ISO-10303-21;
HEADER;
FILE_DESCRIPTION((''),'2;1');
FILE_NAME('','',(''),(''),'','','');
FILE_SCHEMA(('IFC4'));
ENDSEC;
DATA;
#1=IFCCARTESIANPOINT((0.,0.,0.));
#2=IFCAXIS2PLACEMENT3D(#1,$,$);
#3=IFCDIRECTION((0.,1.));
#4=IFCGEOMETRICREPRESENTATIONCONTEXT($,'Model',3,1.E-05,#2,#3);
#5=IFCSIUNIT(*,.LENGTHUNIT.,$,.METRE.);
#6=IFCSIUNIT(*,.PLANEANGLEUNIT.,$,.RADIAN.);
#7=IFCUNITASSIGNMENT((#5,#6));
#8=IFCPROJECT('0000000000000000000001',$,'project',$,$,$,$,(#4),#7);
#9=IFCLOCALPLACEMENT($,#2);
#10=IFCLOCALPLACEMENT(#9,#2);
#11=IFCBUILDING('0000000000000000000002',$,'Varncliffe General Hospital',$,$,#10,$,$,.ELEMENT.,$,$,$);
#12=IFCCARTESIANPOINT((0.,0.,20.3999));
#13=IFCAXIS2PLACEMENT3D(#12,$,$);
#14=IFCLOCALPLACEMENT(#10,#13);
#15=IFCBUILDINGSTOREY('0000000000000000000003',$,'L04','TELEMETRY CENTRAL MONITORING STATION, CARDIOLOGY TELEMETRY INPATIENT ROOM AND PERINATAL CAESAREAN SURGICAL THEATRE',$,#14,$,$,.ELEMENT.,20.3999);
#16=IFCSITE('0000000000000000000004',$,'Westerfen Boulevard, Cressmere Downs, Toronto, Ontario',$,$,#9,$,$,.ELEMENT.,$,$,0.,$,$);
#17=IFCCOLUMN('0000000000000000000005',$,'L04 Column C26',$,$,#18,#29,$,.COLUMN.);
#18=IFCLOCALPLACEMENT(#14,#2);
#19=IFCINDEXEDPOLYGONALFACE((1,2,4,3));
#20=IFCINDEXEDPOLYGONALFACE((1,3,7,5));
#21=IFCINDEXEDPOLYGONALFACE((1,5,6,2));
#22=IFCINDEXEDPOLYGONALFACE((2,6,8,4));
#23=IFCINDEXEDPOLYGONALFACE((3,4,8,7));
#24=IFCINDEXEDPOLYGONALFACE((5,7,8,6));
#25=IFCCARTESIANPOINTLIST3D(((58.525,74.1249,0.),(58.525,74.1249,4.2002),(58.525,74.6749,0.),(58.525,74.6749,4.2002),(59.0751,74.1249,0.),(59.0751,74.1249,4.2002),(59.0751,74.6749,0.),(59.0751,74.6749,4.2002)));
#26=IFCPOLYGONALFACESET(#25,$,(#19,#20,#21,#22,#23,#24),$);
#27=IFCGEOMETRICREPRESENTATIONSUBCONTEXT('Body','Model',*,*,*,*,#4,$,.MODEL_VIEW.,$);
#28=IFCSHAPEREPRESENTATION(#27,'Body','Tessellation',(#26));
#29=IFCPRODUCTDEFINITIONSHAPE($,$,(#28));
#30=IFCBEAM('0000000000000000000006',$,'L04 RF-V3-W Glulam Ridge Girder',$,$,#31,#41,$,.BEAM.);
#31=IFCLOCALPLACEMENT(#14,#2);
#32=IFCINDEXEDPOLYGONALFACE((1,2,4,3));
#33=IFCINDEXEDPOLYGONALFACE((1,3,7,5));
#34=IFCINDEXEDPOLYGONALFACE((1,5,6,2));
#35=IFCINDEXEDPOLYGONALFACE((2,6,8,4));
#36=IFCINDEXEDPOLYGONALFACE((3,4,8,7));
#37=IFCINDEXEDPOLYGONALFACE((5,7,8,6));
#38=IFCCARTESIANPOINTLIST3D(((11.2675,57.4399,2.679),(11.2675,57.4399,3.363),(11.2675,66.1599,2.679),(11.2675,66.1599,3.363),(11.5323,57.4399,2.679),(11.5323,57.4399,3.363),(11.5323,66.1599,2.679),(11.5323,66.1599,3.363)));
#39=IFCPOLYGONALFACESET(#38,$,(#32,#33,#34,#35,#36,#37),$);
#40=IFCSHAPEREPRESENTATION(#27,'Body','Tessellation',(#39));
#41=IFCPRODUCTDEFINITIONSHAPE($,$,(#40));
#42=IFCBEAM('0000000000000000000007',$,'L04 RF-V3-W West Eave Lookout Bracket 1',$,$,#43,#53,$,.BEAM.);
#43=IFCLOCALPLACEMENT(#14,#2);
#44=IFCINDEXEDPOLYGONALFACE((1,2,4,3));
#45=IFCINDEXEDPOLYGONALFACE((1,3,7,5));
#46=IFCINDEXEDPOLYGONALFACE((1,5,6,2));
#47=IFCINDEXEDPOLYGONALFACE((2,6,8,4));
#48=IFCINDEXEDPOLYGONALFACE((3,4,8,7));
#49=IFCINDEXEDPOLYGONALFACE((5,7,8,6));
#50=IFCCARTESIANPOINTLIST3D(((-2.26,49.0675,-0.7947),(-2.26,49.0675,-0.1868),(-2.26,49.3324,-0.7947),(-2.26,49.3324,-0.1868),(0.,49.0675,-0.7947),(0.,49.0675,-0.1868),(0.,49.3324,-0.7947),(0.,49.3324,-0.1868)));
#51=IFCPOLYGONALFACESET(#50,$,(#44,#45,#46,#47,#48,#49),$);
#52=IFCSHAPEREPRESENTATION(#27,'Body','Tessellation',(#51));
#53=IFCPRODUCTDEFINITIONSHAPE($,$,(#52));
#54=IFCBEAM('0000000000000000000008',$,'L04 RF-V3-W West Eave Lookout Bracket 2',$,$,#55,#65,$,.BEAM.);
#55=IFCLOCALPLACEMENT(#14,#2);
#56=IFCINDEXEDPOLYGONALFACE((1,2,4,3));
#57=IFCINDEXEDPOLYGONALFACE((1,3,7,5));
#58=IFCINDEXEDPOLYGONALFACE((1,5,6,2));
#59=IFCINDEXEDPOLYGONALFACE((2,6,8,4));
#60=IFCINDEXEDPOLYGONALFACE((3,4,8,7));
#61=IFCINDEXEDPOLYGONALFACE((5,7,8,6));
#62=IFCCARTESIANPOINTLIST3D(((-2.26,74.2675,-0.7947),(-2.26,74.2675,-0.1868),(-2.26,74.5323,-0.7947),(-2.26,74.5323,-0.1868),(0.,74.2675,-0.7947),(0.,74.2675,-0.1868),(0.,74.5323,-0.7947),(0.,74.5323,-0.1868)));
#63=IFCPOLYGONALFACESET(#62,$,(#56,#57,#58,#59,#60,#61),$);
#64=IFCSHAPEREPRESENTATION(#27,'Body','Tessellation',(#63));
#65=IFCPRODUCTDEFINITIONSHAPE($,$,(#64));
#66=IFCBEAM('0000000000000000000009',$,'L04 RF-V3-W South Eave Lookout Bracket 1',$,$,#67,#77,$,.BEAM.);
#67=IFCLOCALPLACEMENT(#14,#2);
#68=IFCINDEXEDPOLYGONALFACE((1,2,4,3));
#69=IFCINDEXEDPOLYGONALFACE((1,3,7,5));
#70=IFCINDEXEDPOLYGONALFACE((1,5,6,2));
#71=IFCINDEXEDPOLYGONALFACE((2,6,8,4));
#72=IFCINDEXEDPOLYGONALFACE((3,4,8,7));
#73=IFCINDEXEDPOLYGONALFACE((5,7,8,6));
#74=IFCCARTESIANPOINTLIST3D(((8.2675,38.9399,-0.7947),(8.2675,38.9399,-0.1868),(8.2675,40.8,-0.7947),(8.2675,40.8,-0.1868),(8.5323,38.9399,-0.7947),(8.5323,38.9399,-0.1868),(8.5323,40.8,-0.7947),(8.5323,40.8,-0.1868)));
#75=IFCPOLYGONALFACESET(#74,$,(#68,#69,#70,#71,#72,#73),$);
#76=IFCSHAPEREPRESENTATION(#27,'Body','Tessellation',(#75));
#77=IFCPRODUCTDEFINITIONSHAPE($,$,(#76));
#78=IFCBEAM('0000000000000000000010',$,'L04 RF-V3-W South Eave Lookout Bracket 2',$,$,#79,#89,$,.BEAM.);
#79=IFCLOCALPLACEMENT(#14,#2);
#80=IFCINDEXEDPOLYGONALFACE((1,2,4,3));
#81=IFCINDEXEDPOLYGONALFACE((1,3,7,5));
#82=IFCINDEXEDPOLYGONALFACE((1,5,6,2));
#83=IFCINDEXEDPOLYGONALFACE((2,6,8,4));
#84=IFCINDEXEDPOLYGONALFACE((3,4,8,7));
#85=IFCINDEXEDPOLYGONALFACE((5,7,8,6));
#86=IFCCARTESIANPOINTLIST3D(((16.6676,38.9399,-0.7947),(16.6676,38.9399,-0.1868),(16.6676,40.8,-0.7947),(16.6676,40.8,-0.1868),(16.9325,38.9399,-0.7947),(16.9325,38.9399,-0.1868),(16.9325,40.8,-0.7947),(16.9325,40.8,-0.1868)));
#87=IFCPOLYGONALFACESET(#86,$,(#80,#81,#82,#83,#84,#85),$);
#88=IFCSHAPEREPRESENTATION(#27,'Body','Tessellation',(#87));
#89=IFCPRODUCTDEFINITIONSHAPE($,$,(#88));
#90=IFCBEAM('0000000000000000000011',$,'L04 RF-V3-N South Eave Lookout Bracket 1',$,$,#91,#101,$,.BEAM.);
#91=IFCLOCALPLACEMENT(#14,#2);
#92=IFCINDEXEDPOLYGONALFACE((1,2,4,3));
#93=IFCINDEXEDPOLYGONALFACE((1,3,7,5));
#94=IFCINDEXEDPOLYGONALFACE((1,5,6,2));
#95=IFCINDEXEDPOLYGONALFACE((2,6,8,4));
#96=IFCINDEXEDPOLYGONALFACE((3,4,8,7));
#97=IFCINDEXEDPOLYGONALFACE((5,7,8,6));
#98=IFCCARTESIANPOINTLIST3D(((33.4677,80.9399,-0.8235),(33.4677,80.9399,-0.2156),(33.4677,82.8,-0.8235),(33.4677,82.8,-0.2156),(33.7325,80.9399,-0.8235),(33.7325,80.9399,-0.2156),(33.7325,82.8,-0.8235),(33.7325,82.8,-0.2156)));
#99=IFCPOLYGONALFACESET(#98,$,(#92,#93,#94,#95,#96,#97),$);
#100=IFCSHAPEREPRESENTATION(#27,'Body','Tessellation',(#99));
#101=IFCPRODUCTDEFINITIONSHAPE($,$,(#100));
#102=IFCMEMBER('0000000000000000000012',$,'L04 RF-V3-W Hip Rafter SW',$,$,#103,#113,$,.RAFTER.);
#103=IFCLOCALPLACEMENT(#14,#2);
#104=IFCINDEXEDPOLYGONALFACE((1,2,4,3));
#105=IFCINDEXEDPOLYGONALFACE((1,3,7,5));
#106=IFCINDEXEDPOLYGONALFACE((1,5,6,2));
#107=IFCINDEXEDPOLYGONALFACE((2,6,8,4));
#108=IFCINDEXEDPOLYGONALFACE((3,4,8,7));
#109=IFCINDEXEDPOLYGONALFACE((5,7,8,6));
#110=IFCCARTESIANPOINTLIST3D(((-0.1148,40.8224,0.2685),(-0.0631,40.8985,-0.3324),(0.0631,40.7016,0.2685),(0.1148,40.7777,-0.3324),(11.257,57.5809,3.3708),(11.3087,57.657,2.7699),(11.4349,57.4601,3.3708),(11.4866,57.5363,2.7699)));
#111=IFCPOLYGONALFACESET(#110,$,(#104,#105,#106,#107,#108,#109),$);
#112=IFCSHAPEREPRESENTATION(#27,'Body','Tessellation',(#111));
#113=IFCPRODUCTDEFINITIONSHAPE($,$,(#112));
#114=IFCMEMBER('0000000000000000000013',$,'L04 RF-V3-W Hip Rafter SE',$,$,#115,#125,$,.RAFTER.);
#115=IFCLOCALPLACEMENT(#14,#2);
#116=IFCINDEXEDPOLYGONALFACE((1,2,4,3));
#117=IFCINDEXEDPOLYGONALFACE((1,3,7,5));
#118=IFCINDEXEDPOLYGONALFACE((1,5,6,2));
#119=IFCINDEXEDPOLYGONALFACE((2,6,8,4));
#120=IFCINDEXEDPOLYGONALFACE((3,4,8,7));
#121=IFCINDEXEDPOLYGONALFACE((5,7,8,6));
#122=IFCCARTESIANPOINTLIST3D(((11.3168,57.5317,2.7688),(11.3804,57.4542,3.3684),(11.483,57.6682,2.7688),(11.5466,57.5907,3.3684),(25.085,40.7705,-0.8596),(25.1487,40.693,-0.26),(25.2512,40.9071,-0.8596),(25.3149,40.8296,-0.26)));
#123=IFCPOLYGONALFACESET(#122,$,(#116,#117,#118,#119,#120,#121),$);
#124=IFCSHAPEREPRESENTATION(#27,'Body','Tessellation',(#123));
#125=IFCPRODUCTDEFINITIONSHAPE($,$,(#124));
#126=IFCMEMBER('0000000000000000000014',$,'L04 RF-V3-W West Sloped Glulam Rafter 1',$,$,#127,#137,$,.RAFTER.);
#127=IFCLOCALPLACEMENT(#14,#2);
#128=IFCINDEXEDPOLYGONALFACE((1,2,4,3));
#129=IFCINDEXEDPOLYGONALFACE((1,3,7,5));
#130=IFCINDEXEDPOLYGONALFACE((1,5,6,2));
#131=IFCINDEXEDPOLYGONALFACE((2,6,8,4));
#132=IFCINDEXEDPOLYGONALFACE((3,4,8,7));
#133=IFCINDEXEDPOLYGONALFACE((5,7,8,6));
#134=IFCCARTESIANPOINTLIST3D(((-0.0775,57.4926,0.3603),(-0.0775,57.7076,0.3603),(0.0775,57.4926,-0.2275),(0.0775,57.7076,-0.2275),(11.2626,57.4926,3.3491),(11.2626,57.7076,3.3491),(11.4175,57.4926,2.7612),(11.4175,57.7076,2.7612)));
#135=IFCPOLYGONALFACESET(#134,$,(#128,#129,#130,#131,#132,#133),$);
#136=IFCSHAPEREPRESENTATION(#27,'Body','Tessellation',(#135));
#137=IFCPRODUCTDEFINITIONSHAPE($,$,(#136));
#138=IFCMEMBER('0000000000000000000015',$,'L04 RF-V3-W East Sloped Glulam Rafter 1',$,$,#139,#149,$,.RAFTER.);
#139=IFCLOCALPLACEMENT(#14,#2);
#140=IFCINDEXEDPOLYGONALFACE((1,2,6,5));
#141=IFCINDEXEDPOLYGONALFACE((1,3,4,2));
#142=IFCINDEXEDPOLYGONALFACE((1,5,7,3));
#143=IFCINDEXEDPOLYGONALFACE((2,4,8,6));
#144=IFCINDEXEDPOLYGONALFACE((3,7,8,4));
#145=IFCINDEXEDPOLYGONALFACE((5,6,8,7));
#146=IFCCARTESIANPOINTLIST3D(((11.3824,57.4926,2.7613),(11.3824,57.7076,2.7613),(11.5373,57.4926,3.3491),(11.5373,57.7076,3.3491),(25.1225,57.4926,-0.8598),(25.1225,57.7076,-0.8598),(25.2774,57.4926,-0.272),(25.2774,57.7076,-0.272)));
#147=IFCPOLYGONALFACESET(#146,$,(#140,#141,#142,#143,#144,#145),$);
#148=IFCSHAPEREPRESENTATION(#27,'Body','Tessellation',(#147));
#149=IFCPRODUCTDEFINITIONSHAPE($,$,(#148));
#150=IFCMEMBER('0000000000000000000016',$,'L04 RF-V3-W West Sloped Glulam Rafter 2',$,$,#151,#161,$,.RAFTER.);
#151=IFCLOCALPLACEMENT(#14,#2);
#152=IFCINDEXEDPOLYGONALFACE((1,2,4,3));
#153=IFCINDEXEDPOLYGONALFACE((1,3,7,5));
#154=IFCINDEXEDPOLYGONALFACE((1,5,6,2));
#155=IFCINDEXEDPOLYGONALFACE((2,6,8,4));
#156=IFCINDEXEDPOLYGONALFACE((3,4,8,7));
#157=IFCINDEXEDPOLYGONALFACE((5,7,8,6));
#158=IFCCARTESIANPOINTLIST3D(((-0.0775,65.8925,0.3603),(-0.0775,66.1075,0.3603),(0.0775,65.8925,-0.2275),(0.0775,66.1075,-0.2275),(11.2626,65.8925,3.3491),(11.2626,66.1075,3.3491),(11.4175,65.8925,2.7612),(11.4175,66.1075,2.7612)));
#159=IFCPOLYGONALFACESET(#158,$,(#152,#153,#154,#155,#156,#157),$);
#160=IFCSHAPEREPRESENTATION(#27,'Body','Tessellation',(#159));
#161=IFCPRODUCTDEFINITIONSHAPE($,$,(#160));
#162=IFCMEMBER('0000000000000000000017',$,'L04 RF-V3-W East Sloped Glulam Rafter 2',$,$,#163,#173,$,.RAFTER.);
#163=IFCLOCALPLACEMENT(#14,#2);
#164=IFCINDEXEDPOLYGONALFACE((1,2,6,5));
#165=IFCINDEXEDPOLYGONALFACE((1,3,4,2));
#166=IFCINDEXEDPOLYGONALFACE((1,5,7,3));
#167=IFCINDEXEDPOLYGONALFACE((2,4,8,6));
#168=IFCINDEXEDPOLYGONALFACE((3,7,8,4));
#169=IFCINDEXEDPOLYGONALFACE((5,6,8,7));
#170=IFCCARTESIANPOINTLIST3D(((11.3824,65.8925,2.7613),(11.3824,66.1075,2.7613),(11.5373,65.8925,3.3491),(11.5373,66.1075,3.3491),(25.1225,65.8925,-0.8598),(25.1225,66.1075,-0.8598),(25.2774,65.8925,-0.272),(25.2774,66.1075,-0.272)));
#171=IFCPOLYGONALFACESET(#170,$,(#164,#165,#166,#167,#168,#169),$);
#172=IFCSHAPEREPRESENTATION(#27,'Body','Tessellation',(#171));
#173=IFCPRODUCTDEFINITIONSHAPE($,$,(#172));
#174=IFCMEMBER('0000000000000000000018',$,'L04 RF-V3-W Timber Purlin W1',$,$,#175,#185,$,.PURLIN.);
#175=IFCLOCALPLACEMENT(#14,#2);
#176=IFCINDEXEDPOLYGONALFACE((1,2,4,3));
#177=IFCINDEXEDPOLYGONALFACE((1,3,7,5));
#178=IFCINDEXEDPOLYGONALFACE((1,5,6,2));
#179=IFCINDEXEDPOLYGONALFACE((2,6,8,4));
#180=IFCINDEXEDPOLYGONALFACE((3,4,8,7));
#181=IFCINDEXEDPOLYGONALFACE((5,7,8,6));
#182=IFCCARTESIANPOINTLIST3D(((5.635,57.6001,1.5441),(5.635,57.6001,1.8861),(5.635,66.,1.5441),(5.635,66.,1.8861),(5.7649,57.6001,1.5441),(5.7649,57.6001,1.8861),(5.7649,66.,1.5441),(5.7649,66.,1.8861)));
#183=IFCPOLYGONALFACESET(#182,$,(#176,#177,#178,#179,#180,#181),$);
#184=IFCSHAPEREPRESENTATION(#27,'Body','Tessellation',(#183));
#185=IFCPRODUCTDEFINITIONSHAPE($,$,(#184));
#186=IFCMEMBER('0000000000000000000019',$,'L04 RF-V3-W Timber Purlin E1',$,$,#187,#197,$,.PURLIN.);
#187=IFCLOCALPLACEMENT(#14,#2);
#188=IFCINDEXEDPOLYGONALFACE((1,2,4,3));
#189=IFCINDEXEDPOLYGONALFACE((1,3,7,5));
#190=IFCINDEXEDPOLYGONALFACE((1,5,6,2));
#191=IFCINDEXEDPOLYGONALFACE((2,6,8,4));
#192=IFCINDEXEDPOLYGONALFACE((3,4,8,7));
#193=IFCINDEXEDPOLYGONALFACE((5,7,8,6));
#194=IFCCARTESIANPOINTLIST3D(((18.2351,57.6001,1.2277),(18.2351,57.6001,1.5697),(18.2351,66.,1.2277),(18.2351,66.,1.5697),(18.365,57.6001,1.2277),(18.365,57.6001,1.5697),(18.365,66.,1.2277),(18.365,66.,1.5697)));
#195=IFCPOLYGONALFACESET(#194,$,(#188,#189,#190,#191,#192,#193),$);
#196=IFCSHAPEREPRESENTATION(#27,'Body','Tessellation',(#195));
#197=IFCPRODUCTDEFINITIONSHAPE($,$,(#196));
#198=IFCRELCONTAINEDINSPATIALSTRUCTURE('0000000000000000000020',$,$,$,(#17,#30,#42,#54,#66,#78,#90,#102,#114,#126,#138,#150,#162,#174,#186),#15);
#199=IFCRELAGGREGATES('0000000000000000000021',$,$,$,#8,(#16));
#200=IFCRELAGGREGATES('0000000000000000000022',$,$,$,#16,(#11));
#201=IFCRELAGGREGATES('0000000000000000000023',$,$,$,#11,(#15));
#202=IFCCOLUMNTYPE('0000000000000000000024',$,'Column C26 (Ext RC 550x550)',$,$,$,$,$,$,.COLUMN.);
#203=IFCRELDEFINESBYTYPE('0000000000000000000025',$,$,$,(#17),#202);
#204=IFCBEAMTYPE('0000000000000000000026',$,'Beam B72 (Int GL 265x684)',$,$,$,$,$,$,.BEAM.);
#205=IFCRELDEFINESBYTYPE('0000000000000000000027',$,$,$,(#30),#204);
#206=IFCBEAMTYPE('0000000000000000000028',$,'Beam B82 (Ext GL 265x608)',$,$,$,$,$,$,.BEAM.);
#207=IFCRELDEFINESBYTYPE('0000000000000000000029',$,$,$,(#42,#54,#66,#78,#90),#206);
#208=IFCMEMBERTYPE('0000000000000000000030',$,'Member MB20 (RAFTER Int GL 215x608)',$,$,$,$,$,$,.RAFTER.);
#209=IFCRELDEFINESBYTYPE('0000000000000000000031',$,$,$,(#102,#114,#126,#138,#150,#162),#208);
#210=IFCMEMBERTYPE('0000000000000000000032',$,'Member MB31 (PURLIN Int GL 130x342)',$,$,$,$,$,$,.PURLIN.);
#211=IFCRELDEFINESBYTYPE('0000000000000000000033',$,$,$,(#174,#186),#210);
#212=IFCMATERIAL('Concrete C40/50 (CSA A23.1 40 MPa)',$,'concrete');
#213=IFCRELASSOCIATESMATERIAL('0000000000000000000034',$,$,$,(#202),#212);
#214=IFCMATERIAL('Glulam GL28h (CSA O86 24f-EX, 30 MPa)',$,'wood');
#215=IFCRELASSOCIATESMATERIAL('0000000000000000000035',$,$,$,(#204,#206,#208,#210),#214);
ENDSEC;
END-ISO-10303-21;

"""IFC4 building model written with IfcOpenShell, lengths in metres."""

from ifc_helpers import new_model, si_unit, direction, frame, origin, origin_2d, place, context, subcontext, project, spatial, rectangle, extrude, material, material_profile, profile_set, type_object, element, save


model = new_model("IFC4")

# Units and contexts
model_context = context("Model", 3, precision=1e-05, world=origin(), true_north=direction((0.0, 1.0)))
body_context = subcontext(model_context, "Body", "Model", "MODEL_VIEW")
ifc_project = project(units=[si_unit("LENGTHUNIT", "METRE"), si_unit("PLANEANGLEUNIT", "RADIAN")], contexts=[model_context])

# Site, building, storey
site_placement = place(None, origin())
site = spatial("IfcSite", under=ifc_project, at=site_placement, Name="Westerfen Boulevard, Cressmere Downs, Toronto, Ontario", CompositionType="ELEMENT", RefElevation=0.0)
building_placement = place(site_placement, origin())
building = spatial("IfcBuilding", under=site, at=building_placement, Name="Varncliffe General Hospital", CompositionType="ELEMENT")
storey_placement = place(building_placement, frame((0.0, 0.0, 20.3999)))
storey = spatial("IfcBuildingStorey", under=building, at=storey_placement, Name="L04", Description="TELEMETRY CENTRAL MONITORING STATION, CARDIOLOGY TELEMETRY INPATIENT ROOM AND PERINATAL CAESAREAN SURGICAL THEATRE", CompositionType="ELEMENT", Elevation=20.3999)

# Column
ifc_material_1 = material(Name="Concrete C40/50 (CSA A23.1 40 MPa)", Category="concrete")
ifc_material_profile_1 = material_profile(ifc_material_1, rectangle(XDim=0.55, YDim=0.55, at=origin_2d()), Name="RC 550x550")
ifc_profile_set_1 = profile_set([ifc_material_profile_1], Name="Concrete C40/50 (CSA A23.1 40 MPa)")
column_type = type_object("IfcColumnType", Name="Column C26 (Ext RC 550x550)", PredefinedType="COLUMN", material=ifc_profile_set_1)
column_placement = place(storey_placement, frame((58.8, 74.3999, 0.0), z_axis=(0.0, 0.0, 1.0), x_axis=(1.0, 0.0, 0.0)))
element("IfcColumn", 1, at=column_placement, inside=storey, type_object=column_type, Name="L04 Column C26", PredefinedType="COLUMN", context=body_context, shape_type="SweptSolid", body=[
    extrude(rectangle(XDim=0.55, YDim=0.55, at=origin_2d()), origin(), (0.0, 0.0, 1.0), 4.2002),
])

# Beams
ifc_material_2 = material(Name="Glulam GL28h (CSA O86 24f-EX, 30 MPa)", Category="wood")
ifc_material_profile_2 = material_profile(ifc_material_2, rectangle(XDim=0.2649, YDim=0.6841, at=origin_2d()), Name="GL 265x684")
ifc_profile_set_2 = profile_set([ifc_material_profile_2], Name="Glulam GL28h (CSA O86 24f-EX, 30 MPa)")
beam_type_1 = type_object("IfcBeamType", Name="Beam B72 (Int GL 265x684)", PredefinedType="BEAM", material=ifc_profile_set_2)
beam_1_placement = place(storey_placement, frame((11.3999, 57.4399, 3.021), z_axis=(0.0, 1.0, 0.0), x_axis=(-1.0, 0.0, 0.0)))
element("IfcBeam", 2, at=beam_1_placement, inside=storey, type_object=beam_type_1, Name="L04 RF-V3-W Glulam Ridge Girder", PredefinedType="BEAM", context=body_context, shape_type="SweptSolid", body=[
    extrude(rectangle(XDim=0.2649, YDim=0.6841, at=origin_2d()), origin(), (0.0, 0.0, 1.0), 8.72),
])
ifc_material_profile_3 = material_profile(ifc_material_2, rectangle(XDim=0.2649, YDim=0.6079, at=origin_2d()), Name="GL 265x608")
ifc_profile_set_3 = profile_set([ifc_material_profile_3], Name="Glulam GL28h (CSA O86 24f-EX, 30 MPa)")
beam_type_2 = type_object("IfcBeamType", Name="Beam B82 (Ext GL 265x608)", PredefinedType="BEAM", material=ifc_profile_set_3)
for number, where, z_axis, x_axis, name in (
    (3, (-2.26, 49.2, -0.4907), (1.0, 0.0, 0.0), (0.0, 1.0, 0.0), "L04 RF-V3-W West Eave Lookout Bracket 1"),
    (4, (-2.26, 74.3999, -0.4907), (1.0, 0.0, 0.0), (0.0, 1.0, 0.0), "L04 RF-V3-W West Eave Lookout Bracket 2"),
):
    element("IfcBeam", number, at=place(storey_placement, frame(where, z_axis=z_axis, x_axis=x_axis)), inside=storey, type_object=beam_type_2, Name=name, PredefinedType="BEAM", context=body_context, shape_type="SweptSolid", body=[
        extrude(rectangle(XDim=0.2649, YDim=0.6079, at=origin_2d()), origin(), (0.0, 0.0, 1.0), 2.26),
    ])
for number, where, z_axis, x_axis, name in (
    (5, (8.3999, 38.9399, -0.4907), (0.0, 1.0, 0.0), (-1.0, 0.0, 0.0), "L04 RF-V3-W South Eave Lookout Bracket 1"),
    (6, (16.8, 38.9399, -0.4907), (0.0, 1.0, 0.0), (-1.0, 0.0, 0.0), "L04 RF-V3-W South Eave Lookout Bracket 2"),
    (7, (33.6001, 80.9399, -0.5195), (0.0, 1.0, 0.0), (-1.0, 0.0, 0.0), "L04 RF-V3-N South Eave Lookout Bracket 1"),
):
    element("IfcBeam", number, at=place(storey_placement, frame(where, z_axis=z_axis, x_axis=x_axis)), inside=storey, type_object=beam_type_2, Name=name, PredefinedType="BEAM", context=body_context, shape_type="SweptSolid", body=[
        extrude(rectangle(XDim=0.2649, YDim=0.6079, at=origin_2d()), origin(), (0.0, 0.0, 1.0), 1.8601),
    ])

# Members
ifc_material_profile_4 = material_profile(ifc_material_2, rectangle(XDim=0.2151, YDim=0.6079, at=origin_2d()), Name="GL 215x608")
ifc_profile_set_4 = profile_set([ifc_material_profile_4], Name="Glulam GL28h (CSA O86 24f-EX, 30 MPa)")
member_type_1 = type_object("IfcMemberType", Name="Member MB20 (RAFTER Int GL 215x608)", PredefinedType="RAFTER", material=ifc_profile_set_4)
member_1_placement = place(storey_placement, frame((0.0, 40.8, -0.032), z_axis=(0.555026, 0.817936, 0.151414), x_axis=(-0.827477, 0.5615, 0.0)))
element("IfcMember", 8, at=member_1_placement, inside=storey, type_object=member_type_1, Name="L04 RF-V3-W Hip Rafter SW", PredefinedType="RAFTER", context=body_context, shape_type="SweptSolid", body=[
    extrude(rectangle(XDim=0.2151, YDim=0.6079, at=origin_2d()), origin(), (0.0, 0.0, 1.0), 20.4888),
])
member_2_placement = place(storey_placement, frame((25.2, 40.8, -0.5598), z_axis=(-0.626045, 0.762133, 0.164984), x_axis=(-0.772723, -0.634744, 0.0)))
element("IfcMember", 9, at=member_2_placement, inside=storey, type_object=member_type_1, Name="L04 RF-V3-W Hip Rafter SE", PredefinedType="RAFTER", context=body_context, shape_type="SweptSolid", body=[
    extrude(rectangle(XDim=0.2151, YDim=0.6079, at=origin_2d()), origin(), (0.0, 0.0, 1.0), 21.9924),
])
member_3_placement = place(storey_placement, frame((0.0, 57.6001, 0.0664), z_axis=(0.966979, 0.0, 0.254855), x_axis=(0.0, 1.0, 0.0)))
element("IfcMember", 10, at=member_3_placement, inside=storey, type_object=member_type_1, Name="L04 RF-V3-W West Sloped Glulam Rafter 1", PredefinedType="RAFTER", context=body_context, shape_type="SweptSolid", body=[
    extrude(rectangle(XDim=0.2151, YDim=0.6079, at=origin_2d()), origin(), (0.0, 0.0, 1.0), 11.7273),
])
member_4_placement = place(storey_placement, frame((25.2, 57.6001, -0.5659), z_axis=(-0.966983, 0.0, 0.254843), x_axis=(0.0, -1.0, 0.0)))
element("IfcMember", 11, at=member_4_placement, inside=storey, type_object=member_type_1, Name="L04 RF-V3-W East Sloped Glulam Rafter 1", PredefinedType="RAFTER", context=body_context, shape_type="SweptSolid", body=[
    extrude(rectangle(XDim=0.2151, YDim=0.6079, at=origin_2d()), origin(), (0.0, 0.0, 1.0), 14.2092),
])
member_5_placement = place(storey_placement, frame((0.0, 66.0, 0.0664), z_axis=(0.966979, 0.0, 0.254855), x_axis=(0.0, 1.0, 0.0)))
element("IfcMember", 12, at=member_5_placement, inside=storey, type_object=member_type_1, Name="L04 RF-V3-W West Sloped Glulam Rafter 2", PredefinedType="RAFTER", context=body_context, shape_type="SweptSolid", body=[
    extrude(rectangle(XDim=0.2151, YDim=0.6079, at=origin_2d()), origin(), (0.0, 0.0, 1.0), 11.7273),
])
member_6_placement = place(storey_placement, frame((25.2, 66.0, -0.5659), z_axis=(-0.966983, 0.0, 0.254843), x_axis=(0.0, -1.0, 0.0)))
element("IfcMember", 13, at=member_6_placement, inside=storey, type_object=member_type_1, Name="L04 RF-V3-W East Sloped Glulam Rafter 2", PredefinedType="RAFTER", context=body_context, shape_type="SweptSolid", body=[
    extrude(rectangle(XDim=0.2151, YDim=0.6079, at=origin_2d()), origin(), (0.0, 0.0, 1.0), 14.2092),
])
ifc_material_profile_5 = material_profile(ifc_material_2, rectangle(XDim=0.1299, YDim=0.342, at=origin_2d()), Name="GL 130x342")
ifc_profile_set_5 = profile_set([ifc_material_profile_5], Name="Glulam GL28h (CSA O86 24f-EX, 30 MPa)")
member_type_2 = type_object("IfcMemberType", Name="Member MB31 (PURLIN Int GL 130x342)", PredefinedType="PURLIN", material=ifc_profile_set_5)
for number, where, z_axis, x_axis, name in (
    (14, (5.7, 57.6001, 1.7151), (0.0, 1.0, 0.0), (-1.0, 0.0, 0.0), "L04 RF-V3-W Timber Purlin W1"),
    (15, (18.3, 57.6001, 1.3987), (0.0, 1.0, 0.0), (-1.0, 0.0, 0.0), "L04 RF-V3-W Timber Purlin E1"),
):
    element("IfcMember", number, at=place(storey_placement, frame(where, z_axis=z_axis, x_axis=x_axis)), inside=storey, type_object=member_type_2, Name=name, PredefinedType="PURLIN", context=body_context, shape_type="SweptSolid", body=[
        extrude(rectangle(XDim=0.1299, YDim=0.342, at=origin_2d()), origin(), (0.0, 0.0, 1.0), 8.3999),
    ])

save(model, "model.ifc")
